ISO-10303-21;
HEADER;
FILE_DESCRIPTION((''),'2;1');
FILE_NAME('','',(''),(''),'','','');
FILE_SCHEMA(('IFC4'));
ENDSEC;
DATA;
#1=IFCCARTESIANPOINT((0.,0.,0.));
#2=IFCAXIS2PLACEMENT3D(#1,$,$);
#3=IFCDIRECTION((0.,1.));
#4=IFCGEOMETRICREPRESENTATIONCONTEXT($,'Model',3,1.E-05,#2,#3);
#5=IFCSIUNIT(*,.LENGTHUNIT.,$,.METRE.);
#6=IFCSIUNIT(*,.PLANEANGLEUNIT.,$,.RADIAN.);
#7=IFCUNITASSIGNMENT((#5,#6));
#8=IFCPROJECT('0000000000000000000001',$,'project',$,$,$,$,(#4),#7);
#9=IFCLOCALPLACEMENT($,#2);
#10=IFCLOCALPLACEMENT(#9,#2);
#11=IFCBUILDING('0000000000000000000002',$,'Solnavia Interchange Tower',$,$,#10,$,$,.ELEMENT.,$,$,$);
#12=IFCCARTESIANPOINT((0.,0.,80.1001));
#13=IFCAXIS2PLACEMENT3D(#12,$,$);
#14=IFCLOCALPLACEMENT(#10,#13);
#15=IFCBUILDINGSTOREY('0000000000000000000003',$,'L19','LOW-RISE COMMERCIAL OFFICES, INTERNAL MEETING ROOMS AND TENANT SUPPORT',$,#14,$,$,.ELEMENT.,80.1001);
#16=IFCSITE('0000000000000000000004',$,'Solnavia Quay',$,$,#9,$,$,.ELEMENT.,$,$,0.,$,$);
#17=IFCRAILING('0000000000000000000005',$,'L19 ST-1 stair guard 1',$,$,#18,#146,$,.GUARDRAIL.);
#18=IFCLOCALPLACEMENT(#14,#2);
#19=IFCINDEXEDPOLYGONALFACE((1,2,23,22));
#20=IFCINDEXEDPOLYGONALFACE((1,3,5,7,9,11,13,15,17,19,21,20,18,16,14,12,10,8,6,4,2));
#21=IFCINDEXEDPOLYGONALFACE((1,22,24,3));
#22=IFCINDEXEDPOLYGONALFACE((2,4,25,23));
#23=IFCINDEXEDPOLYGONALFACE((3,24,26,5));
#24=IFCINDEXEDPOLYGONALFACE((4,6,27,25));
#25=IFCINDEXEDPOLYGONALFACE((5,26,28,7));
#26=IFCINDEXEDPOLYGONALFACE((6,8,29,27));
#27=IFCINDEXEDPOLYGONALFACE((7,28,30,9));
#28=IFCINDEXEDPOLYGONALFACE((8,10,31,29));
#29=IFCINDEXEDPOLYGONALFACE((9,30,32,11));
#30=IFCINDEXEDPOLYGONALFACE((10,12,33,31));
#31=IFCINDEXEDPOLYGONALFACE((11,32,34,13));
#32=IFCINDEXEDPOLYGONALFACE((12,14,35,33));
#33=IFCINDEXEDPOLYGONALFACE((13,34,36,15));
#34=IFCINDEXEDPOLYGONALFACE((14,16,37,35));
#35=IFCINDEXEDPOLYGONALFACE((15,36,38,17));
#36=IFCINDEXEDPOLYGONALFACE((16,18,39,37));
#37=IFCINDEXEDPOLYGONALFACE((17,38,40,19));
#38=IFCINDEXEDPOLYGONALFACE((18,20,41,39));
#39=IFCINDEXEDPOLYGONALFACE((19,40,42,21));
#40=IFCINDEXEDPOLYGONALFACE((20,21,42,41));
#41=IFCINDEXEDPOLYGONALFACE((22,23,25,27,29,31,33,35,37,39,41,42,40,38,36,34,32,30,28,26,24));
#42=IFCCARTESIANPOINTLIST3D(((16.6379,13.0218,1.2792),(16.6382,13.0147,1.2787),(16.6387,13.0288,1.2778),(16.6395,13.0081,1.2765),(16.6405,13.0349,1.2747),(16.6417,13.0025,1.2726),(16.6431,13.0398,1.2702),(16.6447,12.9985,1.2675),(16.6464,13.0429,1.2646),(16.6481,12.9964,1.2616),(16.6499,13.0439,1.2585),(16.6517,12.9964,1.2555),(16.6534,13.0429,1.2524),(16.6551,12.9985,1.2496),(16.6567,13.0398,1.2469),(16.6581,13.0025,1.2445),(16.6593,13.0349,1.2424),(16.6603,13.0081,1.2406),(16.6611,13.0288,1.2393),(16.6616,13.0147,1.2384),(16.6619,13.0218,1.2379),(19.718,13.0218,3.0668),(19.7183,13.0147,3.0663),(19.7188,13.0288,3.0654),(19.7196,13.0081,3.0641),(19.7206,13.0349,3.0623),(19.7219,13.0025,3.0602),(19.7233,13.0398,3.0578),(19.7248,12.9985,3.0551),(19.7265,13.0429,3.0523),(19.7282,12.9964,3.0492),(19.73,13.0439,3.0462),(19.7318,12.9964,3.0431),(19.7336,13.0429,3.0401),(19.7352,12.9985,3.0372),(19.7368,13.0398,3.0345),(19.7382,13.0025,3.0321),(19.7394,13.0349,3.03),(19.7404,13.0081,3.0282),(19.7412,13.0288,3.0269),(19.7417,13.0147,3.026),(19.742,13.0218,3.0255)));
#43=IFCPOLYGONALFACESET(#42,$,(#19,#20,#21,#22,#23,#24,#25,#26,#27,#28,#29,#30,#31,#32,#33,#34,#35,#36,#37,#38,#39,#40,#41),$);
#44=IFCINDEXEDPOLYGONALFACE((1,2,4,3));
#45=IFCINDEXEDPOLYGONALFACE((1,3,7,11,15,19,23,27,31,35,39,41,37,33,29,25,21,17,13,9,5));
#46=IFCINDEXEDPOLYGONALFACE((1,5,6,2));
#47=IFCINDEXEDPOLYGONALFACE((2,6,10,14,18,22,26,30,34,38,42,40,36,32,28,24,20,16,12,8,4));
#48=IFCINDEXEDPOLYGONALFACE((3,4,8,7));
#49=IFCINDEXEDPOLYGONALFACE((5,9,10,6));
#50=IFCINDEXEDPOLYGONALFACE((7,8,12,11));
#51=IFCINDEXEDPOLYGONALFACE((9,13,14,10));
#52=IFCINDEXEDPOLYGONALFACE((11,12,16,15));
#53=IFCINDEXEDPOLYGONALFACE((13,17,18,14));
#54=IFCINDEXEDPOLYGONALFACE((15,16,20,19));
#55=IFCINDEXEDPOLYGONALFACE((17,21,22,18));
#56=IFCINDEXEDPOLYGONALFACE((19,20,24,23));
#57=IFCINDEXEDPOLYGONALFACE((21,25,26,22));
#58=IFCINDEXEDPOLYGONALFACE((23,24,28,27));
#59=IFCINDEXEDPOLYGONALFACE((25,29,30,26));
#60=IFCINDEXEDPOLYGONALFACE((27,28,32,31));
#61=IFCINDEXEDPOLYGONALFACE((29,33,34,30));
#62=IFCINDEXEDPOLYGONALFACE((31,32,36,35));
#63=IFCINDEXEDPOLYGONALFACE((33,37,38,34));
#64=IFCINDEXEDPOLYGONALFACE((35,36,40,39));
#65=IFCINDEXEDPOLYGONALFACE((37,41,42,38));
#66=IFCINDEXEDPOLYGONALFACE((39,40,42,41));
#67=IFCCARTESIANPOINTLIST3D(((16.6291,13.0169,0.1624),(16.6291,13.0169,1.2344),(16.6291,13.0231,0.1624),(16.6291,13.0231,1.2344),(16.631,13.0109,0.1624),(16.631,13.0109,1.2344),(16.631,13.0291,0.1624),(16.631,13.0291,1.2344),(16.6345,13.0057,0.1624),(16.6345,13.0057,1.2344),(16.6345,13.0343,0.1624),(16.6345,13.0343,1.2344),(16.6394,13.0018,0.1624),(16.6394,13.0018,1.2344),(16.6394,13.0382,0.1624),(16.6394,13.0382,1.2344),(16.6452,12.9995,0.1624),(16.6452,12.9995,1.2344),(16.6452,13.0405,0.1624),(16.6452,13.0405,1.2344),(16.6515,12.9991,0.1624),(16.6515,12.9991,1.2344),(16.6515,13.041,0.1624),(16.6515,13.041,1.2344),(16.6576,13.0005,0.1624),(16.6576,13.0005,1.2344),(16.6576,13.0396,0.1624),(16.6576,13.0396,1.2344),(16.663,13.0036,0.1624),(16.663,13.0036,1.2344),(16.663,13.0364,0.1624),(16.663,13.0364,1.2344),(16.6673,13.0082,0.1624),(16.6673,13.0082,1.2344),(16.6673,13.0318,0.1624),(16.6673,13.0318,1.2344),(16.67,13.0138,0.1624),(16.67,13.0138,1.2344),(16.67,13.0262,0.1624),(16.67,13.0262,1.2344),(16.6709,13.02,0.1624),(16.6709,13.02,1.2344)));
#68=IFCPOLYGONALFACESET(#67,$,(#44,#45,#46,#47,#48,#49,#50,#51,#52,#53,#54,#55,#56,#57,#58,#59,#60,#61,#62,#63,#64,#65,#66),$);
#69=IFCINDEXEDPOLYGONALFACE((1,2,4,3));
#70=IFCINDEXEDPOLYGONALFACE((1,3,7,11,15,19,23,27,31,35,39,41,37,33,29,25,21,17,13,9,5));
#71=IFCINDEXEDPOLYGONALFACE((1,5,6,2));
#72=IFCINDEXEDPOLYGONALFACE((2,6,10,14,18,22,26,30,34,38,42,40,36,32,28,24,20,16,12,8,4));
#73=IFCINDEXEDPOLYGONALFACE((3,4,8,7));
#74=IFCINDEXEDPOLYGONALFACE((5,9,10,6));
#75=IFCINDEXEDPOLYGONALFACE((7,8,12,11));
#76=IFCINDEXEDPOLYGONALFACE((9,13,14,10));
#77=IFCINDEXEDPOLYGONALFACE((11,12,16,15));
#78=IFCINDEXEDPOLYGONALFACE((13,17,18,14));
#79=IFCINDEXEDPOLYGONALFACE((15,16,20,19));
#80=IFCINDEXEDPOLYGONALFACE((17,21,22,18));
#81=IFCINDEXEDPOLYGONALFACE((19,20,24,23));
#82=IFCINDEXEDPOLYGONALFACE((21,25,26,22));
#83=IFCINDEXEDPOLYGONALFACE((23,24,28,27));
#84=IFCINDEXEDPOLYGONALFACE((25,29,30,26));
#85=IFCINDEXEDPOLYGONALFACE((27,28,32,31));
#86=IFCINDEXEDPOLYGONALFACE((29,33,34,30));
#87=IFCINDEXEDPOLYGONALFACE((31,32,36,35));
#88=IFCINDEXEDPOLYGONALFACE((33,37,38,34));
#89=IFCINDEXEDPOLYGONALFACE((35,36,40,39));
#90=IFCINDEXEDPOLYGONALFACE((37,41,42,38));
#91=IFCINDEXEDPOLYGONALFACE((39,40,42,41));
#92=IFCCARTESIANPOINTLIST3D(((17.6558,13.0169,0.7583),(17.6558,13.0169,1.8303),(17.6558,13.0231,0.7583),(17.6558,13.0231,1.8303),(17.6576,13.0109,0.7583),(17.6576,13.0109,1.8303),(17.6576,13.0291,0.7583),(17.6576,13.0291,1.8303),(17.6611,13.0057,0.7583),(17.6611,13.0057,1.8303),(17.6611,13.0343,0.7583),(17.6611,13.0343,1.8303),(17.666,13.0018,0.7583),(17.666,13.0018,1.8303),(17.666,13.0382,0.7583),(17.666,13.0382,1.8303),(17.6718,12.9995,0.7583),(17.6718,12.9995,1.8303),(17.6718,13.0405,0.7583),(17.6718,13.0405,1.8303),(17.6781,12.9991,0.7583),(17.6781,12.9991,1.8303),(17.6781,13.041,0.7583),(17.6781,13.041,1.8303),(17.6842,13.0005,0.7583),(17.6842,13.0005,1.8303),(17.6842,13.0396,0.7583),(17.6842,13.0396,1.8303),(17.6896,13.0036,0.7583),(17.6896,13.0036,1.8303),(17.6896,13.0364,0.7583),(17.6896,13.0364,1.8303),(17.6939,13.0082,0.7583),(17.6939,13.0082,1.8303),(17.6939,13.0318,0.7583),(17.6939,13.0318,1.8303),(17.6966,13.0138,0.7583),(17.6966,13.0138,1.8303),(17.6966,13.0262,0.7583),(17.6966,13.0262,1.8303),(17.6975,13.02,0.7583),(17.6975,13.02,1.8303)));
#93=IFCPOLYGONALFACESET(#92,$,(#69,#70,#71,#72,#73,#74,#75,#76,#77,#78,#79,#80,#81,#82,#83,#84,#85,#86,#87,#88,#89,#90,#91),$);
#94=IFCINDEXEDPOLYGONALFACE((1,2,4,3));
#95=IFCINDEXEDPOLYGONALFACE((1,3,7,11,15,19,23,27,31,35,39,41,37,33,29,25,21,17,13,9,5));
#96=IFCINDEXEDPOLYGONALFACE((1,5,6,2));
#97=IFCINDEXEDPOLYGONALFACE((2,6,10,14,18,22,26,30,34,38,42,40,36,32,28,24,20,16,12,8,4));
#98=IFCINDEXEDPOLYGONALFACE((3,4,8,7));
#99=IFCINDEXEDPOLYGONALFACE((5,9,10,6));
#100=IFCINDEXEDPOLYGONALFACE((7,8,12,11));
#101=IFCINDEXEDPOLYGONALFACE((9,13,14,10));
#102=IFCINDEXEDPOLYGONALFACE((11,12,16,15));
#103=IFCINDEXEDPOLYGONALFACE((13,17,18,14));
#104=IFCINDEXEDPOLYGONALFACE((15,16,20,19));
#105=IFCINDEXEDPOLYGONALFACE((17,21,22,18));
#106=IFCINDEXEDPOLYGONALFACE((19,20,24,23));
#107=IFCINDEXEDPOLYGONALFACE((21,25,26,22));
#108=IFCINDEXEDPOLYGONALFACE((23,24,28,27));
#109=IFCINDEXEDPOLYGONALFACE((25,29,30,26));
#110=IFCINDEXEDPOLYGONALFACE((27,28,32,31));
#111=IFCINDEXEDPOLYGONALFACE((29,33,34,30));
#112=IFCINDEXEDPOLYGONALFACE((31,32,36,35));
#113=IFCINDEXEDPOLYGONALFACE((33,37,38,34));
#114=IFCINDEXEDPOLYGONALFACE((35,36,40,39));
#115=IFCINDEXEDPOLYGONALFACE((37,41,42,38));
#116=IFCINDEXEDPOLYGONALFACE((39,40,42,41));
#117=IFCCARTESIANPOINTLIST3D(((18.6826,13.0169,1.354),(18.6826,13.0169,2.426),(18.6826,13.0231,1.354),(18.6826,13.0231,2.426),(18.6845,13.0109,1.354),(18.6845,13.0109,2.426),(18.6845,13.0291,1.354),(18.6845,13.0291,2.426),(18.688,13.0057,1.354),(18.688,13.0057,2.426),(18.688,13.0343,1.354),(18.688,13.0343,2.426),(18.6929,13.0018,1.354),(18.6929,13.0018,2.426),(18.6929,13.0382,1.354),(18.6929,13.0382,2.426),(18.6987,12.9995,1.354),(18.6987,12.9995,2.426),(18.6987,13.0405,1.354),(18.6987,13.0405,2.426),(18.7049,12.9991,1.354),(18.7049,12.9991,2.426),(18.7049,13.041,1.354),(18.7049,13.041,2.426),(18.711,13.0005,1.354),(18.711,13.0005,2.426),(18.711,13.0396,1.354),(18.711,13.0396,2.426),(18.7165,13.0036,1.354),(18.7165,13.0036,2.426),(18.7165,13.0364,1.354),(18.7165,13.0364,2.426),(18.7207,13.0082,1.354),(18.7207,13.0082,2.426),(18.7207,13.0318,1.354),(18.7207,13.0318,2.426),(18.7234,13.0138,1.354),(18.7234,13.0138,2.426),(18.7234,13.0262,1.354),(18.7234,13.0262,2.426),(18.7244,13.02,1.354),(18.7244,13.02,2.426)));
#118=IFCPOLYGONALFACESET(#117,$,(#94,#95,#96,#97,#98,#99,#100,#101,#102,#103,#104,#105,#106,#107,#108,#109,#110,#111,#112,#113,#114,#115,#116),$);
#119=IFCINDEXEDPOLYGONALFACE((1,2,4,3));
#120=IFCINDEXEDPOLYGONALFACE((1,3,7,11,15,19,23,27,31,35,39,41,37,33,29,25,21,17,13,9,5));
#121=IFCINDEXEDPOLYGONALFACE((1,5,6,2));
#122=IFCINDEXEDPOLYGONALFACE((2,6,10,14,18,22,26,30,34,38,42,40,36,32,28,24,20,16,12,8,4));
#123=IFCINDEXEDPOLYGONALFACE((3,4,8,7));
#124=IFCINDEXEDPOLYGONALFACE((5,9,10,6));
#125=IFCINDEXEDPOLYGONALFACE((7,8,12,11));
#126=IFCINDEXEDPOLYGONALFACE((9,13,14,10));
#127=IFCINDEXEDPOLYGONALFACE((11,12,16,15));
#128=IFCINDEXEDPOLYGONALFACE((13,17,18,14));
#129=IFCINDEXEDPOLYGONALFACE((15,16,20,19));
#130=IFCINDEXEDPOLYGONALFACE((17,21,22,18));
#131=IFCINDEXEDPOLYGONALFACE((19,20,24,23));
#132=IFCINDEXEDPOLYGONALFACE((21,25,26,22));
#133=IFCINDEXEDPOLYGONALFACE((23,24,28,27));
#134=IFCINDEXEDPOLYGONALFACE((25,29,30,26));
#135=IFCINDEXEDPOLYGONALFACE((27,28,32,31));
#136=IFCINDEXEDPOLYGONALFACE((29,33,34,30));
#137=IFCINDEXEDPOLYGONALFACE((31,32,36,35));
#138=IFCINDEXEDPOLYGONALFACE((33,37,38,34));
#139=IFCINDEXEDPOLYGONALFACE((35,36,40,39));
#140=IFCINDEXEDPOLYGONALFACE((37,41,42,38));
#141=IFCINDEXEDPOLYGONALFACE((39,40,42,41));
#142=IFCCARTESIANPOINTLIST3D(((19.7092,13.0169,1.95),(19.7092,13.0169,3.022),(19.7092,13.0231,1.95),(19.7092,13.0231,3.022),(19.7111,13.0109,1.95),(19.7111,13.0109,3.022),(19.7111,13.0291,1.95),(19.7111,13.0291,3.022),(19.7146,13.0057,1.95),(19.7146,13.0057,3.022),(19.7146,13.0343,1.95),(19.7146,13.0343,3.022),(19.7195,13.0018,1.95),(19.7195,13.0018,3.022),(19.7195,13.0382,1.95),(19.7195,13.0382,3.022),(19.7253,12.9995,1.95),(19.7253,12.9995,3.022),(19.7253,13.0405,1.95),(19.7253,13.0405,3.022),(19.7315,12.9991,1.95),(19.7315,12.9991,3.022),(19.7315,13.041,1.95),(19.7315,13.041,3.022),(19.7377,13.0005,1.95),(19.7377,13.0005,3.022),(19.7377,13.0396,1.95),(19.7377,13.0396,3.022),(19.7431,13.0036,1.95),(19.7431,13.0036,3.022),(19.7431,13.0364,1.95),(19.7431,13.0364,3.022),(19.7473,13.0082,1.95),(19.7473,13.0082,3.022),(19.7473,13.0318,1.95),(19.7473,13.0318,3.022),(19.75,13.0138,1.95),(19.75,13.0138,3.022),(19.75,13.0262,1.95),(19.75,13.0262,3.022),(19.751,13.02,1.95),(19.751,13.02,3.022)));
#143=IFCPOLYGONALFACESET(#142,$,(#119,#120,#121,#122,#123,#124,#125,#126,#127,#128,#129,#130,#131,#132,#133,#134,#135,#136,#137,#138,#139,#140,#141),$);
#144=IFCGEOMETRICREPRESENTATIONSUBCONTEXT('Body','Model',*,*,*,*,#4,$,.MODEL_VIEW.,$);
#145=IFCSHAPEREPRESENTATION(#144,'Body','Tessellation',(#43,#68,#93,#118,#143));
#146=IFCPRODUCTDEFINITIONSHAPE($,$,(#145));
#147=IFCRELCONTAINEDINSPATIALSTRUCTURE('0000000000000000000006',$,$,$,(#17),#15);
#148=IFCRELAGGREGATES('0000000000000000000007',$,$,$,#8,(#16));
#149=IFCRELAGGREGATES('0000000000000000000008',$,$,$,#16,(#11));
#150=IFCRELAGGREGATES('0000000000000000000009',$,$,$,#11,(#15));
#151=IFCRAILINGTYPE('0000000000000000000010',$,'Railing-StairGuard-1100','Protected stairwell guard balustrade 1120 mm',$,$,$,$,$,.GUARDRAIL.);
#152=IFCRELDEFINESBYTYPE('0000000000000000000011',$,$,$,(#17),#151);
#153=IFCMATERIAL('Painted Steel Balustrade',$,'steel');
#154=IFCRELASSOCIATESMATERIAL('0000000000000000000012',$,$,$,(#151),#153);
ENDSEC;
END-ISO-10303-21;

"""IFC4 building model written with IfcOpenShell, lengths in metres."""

from ifc_helpers import new_model, si_unit, direction, frame, origin, origin_2d, place, context, subcontext, project, spatial, circle, extrude, material, type_object, element, save


model = new_model("IFC4")

# Units and contexts
model_context = context("Model", 3, precision=1e-05, world=origin(), true_north=direction((0.0, 1.0)))
body_context = subcontext(model_context, "Body", "Model", "MODEL_VIEW")
ifc_project = project(units=[si_unit("LENGTHUNIT", "METRE"), si_unit("PLANEANGLEUNIT", "RADIAN")], contexts=[model_context])

# Site, building, storey
site_placement = place(None, origin())
site = spatial("IfcSite", under=ifc_project, at=site_placement, Name="Solnavia Quay", CompositionType="ELEMENT", RefElevation=0.0)
building_placement = place(site_placement, origin())
building = spatial("IfcBuilding", under=site, at=building_placement, Name="Solnavia Interchange Tower", CompositionType="ELEMENT")
storey_placement = place(building_placement, frame((0.0, 0.0, 80.1001)))
storey = spatial("IfcBuildingStorey", under=building, at=storey_placement, Name="L19", Description="LOW-RISE COMMERCIAL OFFICES, INTERNAL MEETING ROOMS AND TENANT SUPPORT", CompositionType="ELEMENT", Elevation=80.1001)

# Railing
ifc_material_1 = material(Name="Painted Steel Balustrade", Category="steel")
railing_type_1 = type_object("IfcRailingType", Name="Railing-StairGuard-1100", Description="Protected stairwell guard balustrade 1120 mm", PredefinedType="GUARDRAIL", material=ifc_material_1)
railing_1_placement = place(storey_placement, frame((16.6499, 13.02, 0.1624)))
element("IfcRailing", 1, at=railing_1_placement, inside=storey, type_object=railing_type_1, Name="L19 ST-1 stair guard 1", PredefinedType="GUARDRAIL", context=body_context, shape_type="SweptSolid", body=[
    extrude(circle(Radius=0.0239, at=origin_2d()), frame((0.0, 0.0, 1.0962), z_axis=(0.864891, 0.0, 0.50196), x_axis=(0.0, 1.0, 0.0)), (0.0, 0.0, 1.0), 3.5613),
    extrude(circle(Radius=0.021, at=origin_2d()), origin(), (0.0, 0.0, 1.0), 1.072),
    extrude(circle(Radius=0.021, at=origin_2d()), frame((1.0266, 0.0, 0.5959)), (0.0, 0.0, 1.0), 1.072),
    extrude(circle(Radius=0.021, at=origin_2d()), frame((2.0535, 0.0, 1.1917)), (0.0, 0.0, 1.0), 1.072),
    extrude(circle(Radius=0.021, at=origin_2d()), frame((3.0801, 0.0, 1.7876)), (0.0, 0.0, 1.0), 1.072),
])

save(model, "model.ifc")
